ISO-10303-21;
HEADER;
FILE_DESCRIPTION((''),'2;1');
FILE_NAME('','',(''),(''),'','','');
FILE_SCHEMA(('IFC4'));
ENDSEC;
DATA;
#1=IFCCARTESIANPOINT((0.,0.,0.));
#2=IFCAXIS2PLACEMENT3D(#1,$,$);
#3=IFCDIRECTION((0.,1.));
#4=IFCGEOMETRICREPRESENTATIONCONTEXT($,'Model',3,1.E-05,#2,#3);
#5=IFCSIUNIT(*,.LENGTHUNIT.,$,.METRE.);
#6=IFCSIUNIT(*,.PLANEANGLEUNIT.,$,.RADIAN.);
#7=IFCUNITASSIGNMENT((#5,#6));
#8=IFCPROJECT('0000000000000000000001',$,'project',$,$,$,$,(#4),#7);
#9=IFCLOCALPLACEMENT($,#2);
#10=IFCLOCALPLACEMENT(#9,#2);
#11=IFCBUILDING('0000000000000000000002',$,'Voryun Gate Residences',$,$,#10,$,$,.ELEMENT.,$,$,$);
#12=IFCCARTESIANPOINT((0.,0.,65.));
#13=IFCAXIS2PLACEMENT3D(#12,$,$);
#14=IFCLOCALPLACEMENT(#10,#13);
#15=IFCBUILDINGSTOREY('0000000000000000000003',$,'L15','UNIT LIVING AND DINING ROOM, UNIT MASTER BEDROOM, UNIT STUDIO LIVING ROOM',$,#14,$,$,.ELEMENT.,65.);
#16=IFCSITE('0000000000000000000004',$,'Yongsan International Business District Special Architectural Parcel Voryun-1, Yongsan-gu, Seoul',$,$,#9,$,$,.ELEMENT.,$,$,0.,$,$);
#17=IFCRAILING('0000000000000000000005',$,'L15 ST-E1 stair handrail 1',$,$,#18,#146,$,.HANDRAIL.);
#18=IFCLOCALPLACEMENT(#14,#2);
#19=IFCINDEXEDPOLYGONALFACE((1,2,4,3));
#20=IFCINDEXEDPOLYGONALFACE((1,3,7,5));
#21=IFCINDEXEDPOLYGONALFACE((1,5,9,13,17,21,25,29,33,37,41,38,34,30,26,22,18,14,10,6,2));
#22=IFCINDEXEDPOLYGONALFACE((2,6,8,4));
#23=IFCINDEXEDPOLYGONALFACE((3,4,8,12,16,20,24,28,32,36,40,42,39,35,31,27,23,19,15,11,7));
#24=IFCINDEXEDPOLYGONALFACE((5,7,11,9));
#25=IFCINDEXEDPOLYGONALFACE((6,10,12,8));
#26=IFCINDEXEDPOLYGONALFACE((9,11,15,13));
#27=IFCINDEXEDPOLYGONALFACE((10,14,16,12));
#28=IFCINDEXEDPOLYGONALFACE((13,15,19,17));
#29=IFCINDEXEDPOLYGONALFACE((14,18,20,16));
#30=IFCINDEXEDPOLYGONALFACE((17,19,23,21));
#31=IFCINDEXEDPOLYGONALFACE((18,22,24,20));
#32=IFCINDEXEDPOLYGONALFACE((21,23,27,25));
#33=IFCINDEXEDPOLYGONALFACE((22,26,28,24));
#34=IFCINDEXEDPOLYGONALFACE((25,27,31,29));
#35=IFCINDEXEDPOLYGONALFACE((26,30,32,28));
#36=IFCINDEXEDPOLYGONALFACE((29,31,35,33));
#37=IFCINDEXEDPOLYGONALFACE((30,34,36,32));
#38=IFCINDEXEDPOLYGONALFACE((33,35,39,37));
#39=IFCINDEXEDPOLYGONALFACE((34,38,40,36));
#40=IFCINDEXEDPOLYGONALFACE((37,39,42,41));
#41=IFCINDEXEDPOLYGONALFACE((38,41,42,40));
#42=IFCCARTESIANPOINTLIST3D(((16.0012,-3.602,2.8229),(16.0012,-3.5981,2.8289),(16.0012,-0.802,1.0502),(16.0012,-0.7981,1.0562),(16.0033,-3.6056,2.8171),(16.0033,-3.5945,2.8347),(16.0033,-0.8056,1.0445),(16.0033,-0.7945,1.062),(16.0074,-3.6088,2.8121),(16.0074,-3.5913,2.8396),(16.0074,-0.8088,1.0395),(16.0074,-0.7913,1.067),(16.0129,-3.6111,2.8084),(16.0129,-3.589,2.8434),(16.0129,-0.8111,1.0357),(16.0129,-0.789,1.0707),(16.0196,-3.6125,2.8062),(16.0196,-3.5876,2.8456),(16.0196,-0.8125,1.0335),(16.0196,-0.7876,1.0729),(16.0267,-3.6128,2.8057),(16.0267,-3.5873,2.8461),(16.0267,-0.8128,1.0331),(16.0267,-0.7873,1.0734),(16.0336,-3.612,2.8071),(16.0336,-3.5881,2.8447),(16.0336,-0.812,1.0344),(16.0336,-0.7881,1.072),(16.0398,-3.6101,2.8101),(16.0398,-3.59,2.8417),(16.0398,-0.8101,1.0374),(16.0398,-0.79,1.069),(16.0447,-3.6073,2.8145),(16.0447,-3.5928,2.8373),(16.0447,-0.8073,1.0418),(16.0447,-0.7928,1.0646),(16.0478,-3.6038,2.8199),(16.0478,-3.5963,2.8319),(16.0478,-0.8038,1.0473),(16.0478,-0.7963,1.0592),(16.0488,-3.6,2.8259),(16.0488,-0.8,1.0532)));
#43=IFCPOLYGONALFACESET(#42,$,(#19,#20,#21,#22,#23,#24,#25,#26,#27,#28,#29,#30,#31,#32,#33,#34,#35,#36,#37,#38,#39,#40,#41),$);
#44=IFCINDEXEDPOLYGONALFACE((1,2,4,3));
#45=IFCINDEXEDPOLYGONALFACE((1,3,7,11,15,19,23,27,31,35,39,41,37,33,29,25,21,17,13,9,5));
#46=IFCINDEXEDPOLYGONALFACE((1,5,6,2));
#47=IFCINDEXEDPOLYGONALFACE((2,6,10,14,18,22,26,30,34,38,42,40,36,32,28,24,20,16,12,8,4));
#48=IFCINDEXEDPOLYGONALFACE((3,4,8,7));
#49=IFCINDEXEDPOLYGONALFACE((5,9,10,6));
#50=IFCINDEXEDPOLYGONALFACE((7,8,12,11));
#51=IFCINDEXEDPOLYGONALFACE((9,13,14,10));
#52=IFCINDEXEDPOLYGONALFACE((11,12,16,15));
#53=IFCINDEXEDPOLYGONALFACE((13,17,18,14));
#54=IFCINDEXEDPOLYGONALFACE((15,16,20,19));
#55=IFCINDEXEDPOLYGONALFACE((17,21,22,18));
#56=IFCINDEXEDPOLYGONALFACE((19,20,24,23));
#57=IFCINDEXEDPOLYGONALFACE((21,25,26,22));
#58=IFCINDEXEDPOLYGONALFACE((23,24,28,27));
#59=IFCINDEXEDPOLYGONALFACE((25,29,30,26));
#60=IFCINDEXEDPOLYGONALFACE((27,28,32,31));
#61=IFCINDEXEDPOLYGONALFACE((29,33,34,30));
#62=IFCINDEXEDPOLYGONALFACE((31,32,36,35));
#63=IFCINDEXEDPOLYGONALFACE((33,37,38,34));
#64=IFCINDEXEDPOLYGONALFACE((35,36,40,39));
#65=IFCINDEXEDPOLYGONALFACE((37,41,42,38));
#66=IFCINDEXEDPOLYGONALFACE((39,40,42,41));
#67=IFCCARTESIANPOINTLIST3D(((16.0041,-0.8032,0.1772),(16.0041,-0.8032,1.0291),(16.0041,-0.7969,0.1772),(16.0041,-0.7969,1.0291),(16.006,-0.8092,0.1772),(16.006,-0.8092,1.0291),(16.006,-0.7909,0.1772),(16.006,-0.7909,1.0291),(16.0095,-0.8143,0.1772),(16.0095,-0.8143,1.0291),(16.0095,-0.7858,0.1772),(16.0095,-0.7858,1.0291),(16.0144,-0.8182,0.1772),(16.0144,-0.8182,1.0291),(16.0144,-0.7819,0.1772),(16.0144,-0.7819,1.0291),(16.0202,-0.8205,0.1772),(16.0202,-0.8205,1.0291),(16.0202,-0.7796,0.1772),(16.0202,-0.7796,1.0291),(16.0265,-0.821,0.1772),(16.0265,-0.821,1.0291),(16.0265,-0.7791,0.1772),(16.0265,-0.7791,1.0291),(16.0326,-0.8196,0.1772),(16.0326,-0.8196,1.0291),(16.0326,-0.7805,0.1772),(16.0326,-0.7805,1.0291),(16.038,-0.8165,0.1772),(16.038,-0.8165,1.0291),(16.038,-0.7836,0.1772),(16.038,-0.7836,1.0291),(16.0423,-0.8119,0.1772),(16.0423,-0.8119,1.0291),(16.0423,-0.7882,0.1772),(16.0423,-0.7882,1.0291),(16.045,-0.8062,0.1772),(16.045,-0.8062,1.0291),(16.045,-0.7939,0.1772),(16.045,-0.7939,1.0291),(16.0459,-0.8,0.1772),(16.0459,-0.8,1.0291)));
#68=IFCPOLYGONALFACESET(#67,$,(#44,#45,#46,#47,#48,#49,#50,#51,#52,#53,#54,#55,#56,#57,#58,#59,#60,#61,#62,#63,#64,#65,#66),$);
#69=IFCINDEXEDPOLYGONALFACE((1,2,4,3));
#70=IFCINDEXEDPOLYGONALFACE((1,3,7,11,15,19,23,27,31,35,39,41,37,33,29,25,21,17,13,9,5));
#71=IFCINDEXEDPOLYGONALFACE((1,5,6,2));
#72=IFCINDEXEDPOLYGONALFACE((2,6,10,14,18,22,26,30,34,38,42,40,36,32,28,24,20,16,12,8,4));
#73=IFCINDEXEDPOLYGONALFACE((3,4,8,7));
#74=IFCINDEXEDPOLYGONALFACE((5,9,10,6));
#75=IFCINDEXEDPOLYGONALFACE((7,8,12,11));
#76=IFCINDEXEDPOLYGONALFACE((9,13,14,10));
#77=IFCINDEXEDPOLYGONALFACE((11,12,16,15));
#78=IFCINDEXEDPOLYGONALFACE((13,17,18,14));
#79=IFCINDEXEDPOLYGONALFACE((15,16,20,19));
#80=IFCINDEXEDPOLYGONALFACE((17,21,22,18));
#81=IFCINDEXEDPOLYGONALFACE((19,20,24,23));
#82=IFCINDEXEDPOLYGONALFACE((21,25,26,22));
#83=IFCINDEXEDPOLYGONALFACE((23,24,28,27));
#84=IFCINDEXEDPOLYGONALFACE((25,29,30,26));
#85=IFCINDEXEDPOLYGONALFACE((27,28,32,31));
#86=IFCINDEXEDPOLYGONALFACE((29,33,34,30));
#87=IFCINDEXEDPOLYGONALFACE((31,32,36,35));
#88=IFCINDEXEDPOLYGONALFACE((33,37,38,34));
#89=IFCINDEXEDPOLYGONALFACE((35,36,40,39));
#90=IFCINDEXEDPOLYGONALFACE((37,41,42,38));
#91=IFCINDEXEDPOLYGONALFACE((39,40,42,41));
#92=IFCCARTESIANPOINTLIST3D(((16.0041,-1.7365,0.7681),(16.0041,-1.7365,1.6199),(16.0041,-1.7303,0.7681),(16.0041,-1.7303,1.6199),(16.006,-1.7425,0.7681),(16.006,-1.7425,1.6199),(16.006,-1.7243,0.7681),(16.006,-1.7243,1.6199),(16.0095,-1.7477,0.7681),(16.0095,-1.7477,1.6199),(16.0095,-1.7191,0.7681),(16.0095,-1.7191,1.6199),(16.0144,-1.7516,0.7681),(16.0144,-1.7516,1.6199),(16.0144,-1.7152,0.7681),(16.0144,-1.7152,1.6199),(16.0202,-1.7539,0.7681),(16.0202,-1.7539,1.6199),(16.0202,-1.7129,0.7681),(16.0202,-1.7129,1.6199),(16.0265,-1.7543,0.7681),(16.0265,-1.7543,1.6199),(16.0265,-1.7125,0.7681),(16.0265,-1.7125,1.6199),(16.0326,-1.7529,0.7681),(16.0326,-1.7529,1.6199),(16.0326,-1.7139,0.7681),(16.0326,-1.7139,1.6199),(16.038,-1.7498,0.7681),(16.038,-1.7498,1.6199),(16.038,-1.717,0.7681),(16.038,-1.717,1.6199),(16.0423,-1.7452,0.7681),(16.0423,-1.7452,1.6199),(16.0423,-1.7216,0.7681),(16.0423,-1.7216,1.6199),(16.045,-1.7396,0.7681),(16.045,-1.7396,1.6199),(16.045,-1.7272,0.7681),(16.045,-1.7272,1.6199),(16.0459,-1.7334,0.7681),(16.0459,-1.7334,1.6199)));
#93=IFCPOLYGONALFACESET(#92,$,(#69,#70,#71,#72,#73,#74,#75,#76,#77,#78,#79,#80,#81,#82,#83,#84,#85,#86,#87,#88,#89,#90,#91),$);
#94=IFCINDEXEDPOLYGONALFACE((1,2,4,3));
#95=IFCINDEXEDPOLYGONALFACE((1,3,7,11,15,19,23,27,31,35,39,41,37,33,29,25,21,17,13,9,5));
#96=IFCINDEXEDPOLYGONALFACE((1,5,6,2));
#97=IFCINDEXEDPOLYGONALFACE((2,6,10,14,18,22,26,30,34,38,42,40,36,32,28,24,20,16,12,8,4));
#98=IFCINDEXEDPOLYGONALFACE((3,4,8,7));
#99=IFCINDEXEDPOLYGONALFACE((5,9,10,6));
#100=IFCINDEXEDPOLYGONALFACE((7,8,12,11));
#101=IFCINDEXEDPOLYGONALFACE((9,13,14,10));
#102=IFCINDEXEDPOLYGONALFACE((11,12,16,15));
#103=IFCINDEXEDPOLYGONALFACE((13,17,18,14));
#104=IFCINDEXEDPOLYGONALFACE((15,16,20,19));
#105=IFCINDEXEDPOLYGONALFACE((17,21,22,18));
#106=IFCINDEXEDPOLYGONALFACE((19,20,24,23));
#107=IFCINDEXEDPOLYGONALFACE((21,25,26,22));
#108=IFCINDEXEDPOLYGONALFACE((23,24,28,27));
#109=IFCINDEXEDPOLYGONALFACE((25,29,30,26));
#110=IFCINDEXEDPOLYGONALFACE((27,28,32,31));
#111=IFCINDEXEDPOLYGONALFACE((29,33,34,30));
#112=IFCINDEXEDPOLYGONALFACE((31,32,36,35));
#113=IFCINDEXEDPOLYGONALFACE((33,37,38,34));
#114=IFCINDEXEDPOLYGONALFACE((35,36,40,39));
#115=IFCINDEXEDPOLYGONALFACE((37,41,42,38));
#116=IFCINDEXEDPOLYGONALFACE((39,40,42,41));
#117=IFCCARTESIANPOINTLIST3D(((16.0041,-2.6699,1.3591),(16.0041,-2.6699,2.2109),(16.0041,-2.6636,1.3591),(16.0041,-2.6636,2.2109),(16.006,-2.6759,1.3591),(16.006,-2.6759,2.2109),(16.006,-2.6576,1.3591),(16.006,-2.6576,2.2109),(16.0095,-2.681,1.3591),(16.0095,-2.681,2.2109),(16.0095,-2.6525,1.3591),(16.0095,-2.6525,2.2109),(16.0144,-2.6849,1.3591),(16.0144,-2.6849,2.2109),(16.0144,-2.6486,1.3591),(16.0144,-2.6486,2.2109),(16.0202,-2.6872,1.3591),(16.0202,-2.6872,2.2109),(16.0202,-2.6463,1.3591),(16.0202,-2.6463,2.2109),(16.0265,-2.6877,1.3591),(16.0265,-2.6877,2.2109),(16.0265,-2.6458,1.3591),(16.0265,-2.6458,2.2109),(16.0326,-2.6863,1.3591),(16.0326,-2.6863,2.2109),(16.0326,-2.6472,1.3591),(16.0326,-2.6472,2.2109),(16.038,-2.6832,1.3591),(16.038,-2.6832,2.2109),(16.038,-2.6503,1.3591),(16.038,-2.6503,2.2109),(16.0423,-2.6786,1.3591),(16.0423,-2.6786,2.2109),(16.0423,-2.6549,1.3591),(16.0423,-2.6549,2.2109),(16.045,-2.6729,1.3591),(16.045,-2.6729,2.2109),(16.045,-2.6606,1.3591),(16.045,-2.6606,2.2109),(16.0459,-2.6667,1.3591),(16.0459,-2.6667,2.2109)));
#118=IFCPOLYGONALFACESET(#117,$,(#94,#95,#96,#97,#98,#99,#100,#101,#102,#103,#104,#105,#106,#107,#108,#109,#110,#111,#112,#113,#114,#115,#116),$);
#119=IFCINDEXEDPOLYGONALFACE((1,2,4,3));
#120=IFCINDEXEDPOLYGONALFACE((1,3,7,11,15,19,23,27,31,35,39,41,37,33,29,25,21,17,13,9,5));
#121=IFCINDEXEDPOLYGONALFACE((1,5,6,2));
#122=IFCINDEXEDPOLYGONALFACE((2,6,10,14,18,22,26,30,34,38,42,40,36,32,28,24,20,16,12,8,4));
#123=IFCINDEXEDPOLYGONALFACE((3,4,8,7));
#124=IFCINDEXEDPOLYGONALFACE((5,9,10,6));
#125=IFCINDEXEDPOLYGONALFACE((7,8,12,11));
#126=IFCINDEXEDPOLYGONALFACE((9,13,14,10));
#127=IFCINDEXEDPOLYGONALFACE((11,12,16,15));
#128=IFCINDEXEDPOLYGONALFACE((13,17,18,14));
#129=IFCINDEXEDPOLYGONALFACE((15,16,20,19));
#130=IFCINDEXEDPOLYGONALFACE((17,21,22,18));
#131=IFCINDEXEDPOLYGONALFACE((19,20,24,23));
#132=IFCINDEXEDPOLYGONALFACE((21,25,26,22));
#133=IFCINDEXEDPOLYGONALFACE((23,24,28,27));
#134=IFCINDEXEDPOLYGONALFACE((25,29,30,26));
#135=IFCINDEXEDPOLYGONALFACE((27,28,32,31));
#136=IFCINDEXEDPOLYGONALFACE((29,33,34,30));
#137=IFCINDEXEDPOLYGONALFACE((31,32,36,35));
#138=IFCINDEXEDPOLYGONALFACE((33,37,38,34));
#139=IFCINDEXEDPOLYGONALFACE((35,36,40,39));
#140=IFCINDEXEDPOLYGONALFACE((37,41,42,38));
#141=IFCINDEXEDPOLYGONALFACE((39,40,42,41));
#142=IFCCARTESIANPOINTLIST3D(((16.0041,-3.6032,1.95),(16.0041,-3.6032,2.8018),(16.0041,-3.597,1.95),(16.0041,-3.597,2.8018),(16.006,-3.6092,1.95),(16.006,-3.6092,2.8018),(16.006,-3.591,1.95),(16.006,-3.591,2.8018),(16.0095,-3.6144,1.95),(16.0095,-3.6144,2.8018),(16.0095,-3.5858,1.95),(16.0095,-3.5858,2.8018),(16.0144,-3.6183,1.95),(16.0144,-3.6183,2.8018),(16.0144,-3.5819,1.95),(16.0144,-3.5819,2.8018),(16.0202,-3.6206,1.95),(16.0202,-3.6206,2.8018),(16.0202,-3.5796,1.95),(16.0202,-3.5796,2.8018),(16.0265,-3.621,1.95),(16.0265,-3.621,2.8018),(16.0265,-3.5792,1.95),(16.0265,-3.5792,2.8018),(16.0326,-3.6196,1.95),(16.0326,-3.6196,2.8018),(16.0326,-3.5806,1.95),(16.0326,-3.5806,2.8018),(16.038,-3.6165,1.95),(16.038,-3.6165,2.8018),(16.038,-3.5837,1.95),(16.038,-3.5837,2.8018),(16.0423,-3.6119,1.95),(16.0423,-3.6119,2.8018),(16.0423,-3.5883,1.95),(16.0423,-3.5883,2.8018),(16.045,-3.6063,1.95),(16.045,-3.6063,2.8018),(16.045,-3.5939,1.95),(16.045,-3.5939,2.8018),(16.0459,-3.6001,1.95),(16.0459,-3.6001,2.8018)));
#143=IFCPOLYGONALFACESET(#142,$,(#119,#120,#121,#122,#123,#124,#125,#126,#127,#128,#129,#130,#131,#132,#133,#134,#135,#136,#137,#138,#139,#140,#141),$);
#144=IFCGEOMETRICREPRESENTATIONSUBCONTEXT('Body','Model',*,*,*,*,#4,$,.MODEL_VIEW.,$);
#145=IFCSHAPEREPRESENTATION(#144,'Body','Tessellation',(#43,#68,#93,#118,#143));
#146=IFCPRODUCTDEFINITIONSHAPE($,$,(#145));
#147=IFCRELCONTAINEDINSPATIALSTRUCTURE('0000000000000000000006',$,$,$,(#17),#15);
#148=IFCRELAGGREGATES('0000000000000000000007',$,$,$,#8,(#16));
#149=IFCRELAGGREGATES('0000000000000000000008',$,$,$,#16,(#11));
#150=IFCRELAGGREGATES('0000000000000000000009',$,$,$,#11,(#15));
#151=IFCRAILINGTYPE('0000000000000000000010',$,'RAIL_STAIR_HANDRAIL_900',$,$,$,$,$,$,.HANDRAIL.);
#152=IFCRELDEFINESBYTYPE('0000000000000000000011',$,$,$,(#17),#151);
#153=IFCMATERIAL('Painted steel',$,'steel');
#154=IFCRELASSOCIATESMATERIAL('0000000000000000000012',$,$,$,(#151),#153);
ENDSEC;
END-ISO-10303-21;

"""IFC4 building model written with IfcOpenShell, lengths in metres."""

from ifc_helpers import new_model, si_unit, direction, frame, origin, origin_2d, place, context, subcontext, project, spatial, circle, extrude, material, type_object, element, save


model = new_model("IFC4")

# Units and contexts
model_context = context("Model", 3, precision=1e-05, world=origin(), true_north=direction((0.0, 1.0)))
body_context = subcontext(model_context, "Body", "Model", "MODEL_VIEW")
ifc_project = project(units=[si_unit("LENGTHUNIT", "METRE"), si_unit("PLANEANGLEUNIT", "RADIAN")], contexts=[model_context])

# Site, building, storey
site_placement = place(None, origin())
site = spatial("IfcSite", under=ifc_project, at=site_placement, Name="Yongsan International Business District Special Architectural Parcel Voryun-1, Yongsan-gu, Seoul", CompositionType="ELEMENT", RefElevation=0.0)
building_placement = place(site_placement, origin())
building = spatial("IfcBuilding", under=site, at=building_placement, Name="Voryun Gate Residences", CompositionType="ELEMENT")
storey_placement = place(building_placement, frame((0.0, 0.0, 65.0)))
storey = spatial("IfcBuildingStorey", under=building, at=storey_placement, Name="L15", Description="UNIT LIVING AND DINING ROOM, UNIT MASTER BEDROOM, UNIT STUDIO LIVING ROOM", CompositionType="ELEMENT", Elevation=65.0)

# Railing
ifc_material_1 = material(Name="Painted steel", Category="steel")
railing_type_1 = type_object("IfcRailingType", Name="RAIL_STAIR_HANDRAIL_900", PredefinedType="HANDRAIL", material=ifc_material_1)
railing_1_placement = place(storey_placement, frame((16.0249, -0.8, 0.1772)))
element("IfcRailing", 1, at=railing_1_placement, inside=storey, type_object=railing_type_1, Name="L15 ST-E1 stair handrail 1", PredefinedType="HANDRAIL", context=body_context, shape_type="SweptSolid", body=[
    extrude(circle(Radius=0.0239, at=origin_2d()), frame((0.0, 0.0, 0.876), z_axis=(0.0, -0.844909, 0.53491), x_axis=(1.0, 0.0, 0.0)), (0.0, 0.0, 1.0), 3.314),
    extrude(circle(Radius=0.021, at=origin_2d()), origin(), (0.0, 0.0, 1.0), 0.8518),
    extrude(circle(Radius=0.021, at=origin_2d()), frame((0.0, -0.9333, 0.5908)), (0.0, 0.0, 1.0), 0.8518),
    extrude(circle(Radius=0.021, at=origin_2d()), frame((0.0, -1.8667, 1.1819)), (0.0, 0.0, 1.0), 0.8518),
    extrude(circle(Radius=0.021, at=origin_2d()), frame((0.0, -2.8, 1.7727)), (0.0, 0.0, 1.0), 0.8518),
])

save(model, "model.ifc")
